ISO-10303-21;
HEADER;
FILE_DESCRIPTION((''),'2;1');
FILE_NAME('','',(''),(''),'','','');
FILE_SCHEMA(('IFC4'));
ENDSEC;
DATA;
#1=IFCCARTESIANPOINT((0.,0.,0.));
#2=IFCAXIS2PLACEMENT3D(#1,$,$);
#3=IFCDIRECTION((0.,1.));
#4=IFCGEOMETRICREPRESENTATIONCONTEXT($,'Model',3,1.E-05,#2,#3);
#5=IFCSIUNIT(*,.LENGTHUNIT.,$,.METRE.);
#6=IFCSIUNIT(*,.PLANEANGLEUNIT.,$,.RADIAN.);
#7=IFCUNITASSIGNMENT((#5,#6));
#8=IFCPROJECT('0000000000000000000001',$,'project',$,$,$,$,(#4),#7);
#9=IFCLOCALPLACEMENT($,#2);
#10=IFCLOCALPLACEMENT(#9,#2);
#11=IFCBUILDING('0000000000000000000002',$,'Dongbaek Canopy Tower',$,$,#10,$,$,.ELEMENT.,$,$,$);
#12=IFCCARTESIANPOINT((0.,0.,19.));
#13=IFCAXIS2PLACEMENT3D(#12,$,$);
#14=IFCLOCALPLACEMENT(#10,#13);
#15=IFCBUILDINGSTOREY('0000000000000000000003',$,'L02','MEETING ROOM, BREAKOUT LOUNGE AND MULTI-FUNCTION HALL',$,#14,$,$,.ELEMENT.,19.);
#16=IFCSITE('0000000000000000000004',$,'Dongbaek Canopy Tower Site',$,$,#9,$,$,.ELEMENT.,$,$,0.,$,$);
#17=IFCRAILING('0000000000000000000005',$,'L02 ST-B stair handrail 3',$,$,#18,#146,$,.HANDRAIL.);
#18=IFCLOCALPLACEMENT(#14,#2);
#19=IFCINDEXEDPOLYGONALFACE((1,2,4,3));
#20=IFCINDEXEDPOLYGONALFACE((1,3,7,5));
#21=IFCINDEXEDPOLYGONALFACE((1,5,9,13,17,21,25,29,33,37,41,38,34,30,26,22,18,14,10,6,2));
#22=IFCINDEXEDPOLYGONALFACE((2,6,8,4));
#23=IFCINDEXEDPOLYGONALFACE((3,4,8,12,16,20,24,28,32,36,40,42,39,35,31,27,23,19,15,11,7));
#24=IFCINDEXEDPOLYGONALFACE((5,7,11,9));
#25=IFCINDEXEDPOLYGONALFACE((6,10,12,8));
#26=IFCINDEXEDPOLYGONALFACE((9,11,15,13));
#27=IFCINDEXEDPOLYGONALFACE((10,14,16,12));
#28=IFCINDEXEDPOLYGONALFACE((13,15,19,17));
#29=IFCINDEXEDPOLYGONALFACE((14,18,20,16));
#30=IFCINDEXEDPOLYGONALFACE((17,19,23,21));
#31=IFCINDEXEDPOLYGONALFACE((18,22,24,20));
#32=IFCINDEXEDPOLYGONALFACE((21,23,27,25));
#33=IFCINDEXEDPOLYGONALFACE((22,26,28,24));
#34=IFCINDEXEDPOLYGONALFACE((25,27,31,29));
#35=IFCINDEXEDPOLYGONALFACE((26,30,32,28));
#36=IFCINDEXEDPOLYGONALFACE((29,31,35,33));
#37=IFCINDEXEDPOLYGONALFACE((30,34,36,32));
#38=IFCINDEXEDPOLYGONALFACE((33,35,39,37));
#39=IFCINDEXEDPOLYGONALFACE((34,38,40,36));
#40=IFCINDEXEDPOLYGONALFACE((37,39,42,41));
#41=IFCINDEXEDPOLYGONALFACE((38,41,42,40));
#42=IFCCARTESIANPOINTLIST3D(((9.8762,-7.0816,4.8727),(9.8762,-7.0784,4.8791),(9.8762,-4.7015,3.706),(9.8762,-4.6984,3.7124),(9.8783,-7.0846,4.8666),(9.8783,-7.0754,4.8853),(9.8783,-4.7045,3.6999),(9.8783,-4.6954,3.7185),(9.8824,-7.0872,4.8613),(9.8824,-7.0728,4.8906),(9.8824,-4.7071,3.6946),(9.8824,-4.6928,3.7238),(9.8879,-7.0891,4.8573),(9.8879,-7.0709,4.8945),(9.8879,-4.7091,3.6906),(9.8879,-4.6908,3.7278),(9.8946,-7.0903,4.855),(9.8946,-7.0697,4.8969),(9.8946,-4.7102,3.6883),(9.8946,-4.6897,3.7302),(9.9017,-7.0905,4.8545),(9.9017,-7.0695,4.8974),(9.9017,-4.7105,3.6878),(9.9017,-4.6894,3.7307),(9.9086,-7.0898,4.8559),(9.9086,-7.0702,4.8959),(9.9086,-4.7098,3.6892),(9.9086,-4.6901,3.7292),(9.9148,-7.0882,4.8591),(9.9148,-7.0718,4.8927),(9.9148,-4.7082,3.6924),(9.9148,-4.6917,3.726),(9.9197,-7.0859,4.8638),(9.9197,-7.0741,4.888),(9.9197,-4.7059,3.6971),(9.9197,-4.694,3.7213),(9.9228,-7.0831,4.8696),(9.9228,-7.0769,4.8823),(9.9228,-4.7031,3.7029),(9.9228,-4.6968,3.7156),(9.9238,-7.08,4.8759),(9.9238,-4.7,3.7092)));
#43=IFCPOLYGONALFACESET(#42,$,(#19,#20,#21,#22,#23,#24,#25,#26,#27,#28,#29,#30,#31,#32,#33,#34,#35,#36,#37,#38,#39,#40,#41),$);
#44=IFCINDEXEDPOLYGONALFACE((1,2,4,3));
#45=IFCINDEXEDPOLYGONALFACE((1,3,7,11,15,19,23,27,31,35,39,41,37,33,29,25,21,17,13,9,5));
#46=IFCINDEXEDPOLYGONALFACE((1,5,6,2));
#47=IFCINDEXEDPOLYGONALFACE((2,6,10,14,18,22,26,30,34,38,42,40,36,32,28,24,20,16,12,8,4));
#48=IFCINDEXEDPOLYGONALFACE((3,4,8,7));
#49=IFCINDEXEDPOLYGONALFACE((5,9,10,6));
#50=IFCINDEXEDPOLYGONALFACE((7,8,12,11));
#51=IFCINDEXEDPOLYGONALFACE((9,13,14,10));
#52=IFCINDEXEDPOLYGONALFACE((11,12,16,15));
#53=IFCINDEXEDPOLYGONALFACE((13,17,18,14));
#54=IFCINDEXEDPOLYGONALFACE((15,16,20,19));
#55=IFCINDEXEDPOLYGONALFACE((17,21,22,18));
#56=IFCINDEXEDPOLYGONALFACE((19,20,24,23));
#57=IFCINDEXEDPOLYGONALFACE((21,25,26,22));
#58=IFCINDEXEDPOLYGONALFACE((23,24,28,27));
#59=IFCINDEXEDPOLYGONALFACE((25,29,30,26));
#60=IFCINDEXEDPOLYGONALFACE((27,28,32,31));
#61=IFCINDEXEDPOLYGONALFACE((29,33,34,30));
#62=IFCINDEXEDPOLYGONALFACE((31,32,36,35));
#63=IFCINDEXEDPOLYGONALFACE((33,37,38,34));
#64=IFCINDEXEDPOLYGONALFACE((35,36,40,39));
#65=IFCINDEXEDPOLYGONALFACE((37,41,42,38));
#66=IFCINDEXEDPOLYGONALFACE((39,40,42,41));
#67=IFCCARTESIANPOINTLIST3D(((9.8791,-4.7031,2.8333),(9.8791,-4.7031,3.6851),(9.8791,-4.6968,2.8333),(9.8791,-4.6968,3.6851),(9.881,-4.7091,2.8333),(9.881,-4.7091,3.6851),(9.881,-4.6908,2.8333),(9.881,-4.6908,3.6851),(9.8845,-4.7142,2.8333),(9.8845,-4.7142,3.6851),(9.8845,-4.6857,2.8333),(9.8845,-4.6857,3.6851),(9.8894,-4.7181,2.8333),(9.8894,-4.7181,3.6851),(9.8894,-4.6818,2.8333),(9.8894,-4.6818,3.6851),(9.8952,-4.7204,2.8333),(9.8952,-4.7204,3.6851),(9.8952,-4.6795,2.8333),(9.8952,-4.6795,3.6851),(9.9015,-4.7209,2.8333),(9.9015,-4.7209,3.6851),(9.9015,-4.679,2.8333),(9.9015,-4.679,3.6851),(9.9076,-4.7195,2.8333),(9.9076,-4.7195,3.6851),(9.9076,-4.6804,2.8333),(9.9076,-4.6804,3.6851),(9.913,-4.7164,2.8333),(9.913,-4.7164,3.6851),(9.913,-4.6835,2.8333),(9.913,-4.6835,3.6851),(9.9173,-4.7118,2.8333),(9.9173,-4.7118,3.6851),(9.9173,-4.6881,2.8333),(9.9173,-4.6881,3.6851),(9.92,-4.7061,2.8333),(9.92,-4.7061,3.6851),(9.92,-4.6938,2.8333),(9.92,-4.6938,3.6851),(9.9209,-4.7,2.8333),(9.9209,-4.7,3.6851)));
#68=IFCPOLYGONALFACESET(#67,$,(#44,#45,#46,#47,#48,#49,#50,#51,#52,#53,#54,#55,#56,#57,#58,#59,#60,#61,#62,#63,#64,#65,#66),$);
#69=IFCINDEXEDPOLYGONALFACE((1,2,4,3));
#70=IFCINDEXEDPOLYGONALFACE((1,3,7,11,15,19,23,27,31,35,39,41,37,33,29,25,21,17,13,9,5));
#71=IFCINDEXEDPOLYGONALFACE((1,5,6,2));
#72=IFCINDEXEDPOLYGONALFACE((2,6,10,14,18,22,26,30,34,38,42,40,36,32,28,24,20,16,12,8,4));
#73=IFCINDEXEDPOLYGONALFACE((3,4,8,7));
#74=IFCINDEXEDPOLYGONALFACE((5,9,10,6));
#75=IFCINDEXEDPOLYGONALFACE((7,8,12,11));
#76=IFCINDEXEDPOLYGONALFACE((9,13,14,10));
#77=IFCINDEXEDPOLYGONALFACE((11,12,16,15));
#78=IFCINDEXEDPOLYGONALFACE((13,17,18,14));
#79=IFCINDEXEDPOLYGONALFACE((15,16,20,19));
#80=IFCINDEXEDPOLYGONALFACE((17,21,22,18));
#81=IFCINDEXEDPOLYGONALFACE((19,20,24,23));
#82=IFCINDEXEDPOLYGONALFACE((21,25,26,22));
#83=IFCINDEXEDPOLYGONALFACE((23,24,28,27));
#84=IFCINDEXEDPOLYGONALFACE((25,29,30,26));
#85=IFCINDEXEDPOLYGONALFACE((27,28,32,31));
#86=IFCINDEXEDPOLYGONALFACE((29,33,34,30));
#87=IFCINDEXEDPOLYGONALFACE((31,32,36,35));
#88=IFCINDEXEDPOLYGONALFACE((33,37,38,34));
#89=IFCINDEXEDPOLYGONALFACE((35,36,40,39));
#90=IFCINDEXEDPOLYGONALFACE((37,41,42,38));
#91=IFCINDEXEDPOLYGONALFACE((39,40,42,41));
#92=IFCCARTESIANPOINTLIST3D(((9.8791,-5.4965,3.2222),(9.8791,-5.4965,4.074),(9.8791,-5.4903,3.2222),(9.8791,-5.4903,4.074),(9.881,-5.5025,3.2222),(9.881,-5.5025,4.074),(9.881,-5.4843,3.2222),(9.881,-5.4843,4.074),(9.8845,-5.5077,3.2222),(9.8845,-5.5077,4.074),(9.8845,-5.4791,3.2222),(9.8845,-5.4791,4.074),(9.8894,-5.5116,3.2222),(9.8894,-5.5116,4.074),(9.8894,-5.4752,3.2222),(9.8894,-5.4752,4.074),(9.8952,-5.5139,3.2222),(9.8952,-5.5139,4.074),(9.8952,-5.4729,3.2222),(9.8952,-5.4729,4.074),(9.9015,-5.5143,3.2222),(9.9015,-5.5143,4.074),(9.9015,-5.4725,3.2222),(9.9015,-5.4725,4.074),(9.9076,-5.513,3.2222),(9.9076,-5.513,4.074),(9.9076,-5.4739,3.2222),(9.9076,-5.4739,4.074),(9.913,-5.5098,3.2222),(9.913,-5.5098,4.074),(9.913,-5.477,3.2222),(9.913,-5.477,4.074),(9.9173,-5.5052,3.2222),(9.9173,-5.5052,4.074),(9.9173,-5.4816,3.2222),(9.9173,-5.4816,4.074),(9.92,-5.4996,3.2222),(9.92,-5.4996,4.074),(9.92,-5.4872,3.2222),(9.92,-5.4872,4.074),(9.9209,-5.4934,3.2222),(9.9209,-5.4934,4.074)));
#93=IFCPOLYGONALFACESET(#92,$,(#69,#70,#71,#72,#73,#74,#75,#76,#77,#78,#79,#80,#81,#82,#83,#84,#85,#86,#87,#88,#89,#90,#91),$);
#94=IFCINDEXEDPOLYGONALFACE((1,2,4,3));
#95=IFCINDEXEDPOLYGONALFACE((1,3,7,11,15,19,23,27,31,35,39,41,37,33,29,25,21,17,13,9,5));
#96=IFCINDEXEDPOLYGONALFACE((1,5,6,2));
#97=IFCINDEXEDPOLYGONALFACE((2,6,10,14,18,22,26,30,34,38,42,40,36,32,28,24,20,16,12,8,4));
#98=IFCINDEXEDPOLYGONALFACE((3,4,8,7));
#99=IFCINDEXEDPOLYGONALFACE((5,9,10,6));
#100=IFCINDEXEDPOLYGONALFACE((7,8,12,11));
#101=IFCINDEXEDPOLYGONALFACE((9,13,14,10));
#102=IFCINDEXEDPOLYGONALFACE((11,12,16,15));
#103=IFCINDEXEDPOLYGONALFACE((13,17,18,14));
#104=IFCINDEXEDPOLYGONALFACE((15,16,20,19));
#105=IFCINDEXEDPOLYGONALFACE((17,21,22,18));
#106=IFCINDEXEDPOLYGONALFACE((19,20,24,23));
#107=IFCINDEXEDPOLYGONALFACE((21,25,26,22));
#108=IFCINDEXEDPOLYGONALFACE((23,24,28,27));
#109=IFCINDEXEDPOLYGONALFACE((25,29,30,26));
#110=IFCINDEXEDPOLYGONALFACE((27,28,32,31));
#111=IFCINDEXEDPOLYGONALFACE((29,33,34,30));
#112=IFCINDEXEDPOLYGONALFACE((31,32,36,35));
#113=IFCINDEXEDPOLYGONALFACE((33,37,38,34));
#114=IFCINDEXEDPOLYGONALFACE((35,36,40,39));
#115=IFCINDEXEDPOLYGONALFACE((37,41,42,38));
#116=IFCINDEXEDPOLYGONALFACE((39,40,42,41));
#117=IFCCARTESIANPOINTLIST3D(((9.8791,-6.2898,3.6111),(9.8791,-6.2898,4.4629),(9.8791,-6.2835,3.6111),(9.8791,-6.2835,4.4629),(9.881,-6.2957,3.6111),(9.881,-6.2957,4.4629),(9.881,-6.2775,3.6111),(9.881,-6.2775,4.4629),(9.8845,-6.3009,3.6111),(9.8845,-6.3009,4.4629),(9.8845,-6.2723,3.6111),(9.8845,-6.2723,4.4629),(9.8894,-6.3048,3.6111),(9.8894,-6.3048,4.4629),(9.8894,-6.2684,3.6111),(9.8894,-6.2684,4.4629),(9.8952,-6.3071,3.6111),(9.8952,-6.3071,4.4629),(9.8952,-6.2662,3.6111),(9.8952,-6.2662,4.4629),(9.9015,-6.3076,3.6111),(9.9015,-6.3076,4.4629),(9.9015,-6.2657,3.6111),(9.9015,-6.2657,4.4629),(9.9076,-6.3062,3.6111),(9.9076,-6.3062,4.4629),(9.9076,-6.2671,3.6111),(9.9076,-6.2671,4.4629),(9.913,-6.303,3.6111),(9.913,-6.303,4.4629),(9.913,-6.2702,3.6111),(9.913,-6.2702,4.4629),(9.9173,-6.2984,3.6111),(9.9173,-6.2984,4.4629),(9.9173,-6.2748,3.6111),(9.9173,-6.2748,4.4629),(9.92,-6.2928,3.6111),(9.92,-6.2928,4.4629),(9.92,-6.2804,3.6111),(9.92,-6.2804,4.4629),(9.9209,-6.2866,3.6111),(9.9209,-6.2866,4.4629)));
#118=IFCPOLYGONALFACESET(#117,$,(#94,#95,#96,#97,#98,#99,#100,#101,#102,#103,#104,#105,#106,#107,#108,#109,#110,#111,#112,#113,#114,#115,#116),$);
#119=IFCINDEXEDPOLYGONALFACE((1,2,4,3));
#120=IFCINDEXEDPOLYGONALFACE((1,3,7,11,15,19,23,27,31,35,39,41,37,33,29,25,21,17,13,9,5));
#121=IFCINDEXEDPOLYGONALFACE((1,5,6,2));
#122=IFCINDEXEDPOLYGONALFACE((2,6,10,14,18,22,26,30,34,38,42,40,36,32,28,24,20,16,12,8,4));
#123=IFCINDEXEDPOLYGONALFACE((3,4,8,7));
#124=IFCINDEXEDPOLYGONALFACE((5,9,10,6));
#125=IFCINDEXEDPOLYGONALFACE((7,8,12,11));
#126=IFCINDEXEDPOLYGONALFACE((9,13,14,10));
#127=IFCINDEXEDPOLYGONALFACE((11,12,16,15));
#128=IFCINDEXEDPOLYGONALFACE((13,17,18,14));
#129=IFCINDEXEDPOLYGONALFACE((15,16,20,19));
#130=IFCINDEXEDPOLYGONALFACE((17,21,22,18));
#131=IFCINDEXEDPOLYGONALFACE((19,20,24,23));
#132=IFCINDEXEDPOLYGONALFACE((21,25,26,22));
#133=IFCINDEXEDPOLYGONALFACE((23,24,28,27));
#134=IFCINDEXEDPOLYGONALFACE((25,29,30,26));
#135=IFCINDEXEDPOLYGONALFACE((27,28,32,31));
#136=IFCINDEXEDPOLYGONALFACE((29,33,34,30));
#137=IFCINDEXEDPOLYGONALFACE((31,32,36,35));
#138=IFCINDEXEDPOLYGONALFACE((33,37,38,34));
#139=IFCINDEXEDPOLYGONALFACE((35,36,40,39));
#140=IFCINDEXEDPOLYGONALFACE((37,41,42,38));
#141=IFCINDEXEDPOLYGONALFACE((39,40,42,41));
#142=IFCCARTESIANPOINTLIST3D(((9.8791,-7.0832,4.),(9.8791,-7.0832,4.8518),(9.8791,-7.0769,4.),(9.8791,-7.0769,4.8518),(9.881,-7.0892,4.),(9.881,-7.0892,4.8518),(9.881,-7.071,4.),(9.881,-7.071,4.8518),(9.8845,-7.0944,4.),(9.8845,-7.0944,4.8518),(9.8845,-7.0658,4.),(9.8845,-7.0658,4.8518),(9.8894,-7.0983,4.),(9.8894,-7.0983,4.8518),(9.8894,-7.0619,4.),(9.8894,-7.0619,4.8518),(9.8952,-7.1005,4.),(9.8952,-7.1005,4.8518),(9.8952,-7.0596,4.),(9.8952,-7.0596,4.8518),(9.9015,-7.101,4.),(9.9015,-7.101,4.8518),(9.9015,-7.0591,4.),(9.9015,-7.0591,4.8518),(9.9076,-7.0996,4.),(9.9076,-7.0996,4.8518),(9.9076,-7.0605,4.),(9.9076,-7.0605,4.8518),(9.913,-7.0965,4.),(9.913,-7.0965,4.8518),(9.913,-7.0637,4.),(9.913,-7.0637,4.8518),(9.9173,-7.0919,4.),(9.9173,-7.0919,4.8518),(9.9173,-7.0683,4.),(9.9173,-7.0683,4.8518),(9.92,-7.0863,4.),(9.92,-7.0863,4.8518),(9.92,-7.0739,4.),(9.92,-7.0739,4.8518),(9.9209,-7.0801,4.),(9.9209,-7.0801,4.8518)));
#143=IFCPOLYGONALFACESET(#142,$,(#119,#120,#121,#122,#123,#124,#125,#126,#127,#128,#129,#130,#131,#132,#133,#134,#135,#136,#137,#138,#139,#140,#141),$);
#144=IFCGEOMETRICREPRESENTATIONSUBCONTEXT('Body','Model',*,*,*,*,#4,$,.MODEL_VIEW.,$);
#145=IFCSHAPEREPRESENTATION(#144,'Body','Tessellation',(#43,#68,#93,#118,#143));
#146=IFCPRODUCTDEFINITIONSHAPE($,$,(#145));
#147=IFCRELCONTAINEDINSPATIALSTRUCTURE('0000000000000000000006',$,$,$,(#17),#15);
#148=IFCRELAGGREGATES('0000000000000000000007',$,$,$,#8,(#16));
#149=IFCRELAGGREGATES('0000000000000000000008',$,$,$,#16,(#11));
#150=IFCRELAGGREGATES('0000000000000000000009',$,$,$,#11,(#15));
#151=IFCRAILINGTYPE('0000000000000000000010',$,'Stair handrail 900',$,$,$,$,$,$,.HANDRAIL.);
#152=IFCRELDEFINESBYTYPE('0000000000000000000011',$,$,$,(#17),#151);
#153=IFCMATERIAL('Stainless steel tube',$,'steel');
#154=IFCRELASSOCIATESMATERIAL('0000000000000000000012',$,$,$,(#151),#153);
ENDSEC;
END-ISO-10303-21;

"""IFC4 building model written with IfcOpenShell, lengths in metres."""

from ifc_helpers import new_model, si_unit, direction, frame, origin, origin_2d, place, context, subcontext, project, spatial, circle, extrude, material, type_object, element, save


model = new_model("IFC4")

# Units and contexts
model_context = context("Model", 3, precision=1e-05, world=origin(), true_north=direction((0.0, 1.0)))
body_context = subcontext(model_context, "Body", "Model", "MODEL_VIEW")
ifc_project = project(units=[si_unit("LENGTHUNIT", "METRE"), si_unit("PLANEANGLEUNIT", "RADIAN")], contexts=[model_context])

# Site, building, storey
site_placement = place(None, origin())
site = spatial("IfcSite", under=ifc_project, at=site_placement, Name="Dongbaek Canopy Tower Site", CompositionType="ELEMENT", RefElevation=0.0)
building_placement = place(site_placement, origin())
building = spatial("IfcBuilding", under=site, at=building_placement, Name="Dongbaek Canopy Tower", CompositionType="ELEMENT")
storey_placement = place(building_placement, frame((0.0, 0.0, 19.0)))
storey = spatial("IfcBuildingStorey", under=building, at=storey_placement, Name="L02", Description="MEETING ROOM, BREAKOUT LOUNGE AND MULTI-FUNCTION HALL", CompositionType="ELEMENT", Elevation=19.0)

# Railing
ifc_material_1 = material(Name="Stainless steel tube", Category="steel")
railing_type = type_object("IfcRailingType", Name="Stair handrail 900", PredefinedType="HANDRAIL", material=ifc_material_1)
for number, where, name in (
    (1, (9.8999, -4.7, 2.8333), "L02 ST-B stair handrail 3"),
):
    element("IfcRailing", number, at=place(storey_placement, frame(where)), inside=storey, type_object=railing_type, Name=name, PredefinedType="HANDRAIL", context=body_context, shape_type="SweptSolid", body=[
        extrude(circle(Radius=0.0239, at=origin_2d()), frame((0.0, 0.0, 0.876), z_axis=(0.0, -0.897918, 0.440163), x_axis=(1.0, 0.0, 0.0)), (0.0, 0.0, 1.0), 2.6506),
        extrude(circle(Radius=0.021, at=origin_2d()), origin(), (0.0, 0.0, 1.0), 0.8518),
        extrude(circle(Radius=0.021, at=origin_2d()), frame((0.0, -0.7935, 0.3889)), (0.0, 0.0, 1.0), 0.8518),
        extrude(circle(Radius=0.021, at=origin_2d()), frame((0.0, -1.5867, 0.7778)), (0.0, 0.0, 1.0), 0.8518),
        extrude(circle(Radius=0.021, at=origin_2d()), frame((0.0, -2.3801, 1.1667)), (0.0, 0.0, 1.0), 0.8518),
    ])

save(model, "model.ifc")
